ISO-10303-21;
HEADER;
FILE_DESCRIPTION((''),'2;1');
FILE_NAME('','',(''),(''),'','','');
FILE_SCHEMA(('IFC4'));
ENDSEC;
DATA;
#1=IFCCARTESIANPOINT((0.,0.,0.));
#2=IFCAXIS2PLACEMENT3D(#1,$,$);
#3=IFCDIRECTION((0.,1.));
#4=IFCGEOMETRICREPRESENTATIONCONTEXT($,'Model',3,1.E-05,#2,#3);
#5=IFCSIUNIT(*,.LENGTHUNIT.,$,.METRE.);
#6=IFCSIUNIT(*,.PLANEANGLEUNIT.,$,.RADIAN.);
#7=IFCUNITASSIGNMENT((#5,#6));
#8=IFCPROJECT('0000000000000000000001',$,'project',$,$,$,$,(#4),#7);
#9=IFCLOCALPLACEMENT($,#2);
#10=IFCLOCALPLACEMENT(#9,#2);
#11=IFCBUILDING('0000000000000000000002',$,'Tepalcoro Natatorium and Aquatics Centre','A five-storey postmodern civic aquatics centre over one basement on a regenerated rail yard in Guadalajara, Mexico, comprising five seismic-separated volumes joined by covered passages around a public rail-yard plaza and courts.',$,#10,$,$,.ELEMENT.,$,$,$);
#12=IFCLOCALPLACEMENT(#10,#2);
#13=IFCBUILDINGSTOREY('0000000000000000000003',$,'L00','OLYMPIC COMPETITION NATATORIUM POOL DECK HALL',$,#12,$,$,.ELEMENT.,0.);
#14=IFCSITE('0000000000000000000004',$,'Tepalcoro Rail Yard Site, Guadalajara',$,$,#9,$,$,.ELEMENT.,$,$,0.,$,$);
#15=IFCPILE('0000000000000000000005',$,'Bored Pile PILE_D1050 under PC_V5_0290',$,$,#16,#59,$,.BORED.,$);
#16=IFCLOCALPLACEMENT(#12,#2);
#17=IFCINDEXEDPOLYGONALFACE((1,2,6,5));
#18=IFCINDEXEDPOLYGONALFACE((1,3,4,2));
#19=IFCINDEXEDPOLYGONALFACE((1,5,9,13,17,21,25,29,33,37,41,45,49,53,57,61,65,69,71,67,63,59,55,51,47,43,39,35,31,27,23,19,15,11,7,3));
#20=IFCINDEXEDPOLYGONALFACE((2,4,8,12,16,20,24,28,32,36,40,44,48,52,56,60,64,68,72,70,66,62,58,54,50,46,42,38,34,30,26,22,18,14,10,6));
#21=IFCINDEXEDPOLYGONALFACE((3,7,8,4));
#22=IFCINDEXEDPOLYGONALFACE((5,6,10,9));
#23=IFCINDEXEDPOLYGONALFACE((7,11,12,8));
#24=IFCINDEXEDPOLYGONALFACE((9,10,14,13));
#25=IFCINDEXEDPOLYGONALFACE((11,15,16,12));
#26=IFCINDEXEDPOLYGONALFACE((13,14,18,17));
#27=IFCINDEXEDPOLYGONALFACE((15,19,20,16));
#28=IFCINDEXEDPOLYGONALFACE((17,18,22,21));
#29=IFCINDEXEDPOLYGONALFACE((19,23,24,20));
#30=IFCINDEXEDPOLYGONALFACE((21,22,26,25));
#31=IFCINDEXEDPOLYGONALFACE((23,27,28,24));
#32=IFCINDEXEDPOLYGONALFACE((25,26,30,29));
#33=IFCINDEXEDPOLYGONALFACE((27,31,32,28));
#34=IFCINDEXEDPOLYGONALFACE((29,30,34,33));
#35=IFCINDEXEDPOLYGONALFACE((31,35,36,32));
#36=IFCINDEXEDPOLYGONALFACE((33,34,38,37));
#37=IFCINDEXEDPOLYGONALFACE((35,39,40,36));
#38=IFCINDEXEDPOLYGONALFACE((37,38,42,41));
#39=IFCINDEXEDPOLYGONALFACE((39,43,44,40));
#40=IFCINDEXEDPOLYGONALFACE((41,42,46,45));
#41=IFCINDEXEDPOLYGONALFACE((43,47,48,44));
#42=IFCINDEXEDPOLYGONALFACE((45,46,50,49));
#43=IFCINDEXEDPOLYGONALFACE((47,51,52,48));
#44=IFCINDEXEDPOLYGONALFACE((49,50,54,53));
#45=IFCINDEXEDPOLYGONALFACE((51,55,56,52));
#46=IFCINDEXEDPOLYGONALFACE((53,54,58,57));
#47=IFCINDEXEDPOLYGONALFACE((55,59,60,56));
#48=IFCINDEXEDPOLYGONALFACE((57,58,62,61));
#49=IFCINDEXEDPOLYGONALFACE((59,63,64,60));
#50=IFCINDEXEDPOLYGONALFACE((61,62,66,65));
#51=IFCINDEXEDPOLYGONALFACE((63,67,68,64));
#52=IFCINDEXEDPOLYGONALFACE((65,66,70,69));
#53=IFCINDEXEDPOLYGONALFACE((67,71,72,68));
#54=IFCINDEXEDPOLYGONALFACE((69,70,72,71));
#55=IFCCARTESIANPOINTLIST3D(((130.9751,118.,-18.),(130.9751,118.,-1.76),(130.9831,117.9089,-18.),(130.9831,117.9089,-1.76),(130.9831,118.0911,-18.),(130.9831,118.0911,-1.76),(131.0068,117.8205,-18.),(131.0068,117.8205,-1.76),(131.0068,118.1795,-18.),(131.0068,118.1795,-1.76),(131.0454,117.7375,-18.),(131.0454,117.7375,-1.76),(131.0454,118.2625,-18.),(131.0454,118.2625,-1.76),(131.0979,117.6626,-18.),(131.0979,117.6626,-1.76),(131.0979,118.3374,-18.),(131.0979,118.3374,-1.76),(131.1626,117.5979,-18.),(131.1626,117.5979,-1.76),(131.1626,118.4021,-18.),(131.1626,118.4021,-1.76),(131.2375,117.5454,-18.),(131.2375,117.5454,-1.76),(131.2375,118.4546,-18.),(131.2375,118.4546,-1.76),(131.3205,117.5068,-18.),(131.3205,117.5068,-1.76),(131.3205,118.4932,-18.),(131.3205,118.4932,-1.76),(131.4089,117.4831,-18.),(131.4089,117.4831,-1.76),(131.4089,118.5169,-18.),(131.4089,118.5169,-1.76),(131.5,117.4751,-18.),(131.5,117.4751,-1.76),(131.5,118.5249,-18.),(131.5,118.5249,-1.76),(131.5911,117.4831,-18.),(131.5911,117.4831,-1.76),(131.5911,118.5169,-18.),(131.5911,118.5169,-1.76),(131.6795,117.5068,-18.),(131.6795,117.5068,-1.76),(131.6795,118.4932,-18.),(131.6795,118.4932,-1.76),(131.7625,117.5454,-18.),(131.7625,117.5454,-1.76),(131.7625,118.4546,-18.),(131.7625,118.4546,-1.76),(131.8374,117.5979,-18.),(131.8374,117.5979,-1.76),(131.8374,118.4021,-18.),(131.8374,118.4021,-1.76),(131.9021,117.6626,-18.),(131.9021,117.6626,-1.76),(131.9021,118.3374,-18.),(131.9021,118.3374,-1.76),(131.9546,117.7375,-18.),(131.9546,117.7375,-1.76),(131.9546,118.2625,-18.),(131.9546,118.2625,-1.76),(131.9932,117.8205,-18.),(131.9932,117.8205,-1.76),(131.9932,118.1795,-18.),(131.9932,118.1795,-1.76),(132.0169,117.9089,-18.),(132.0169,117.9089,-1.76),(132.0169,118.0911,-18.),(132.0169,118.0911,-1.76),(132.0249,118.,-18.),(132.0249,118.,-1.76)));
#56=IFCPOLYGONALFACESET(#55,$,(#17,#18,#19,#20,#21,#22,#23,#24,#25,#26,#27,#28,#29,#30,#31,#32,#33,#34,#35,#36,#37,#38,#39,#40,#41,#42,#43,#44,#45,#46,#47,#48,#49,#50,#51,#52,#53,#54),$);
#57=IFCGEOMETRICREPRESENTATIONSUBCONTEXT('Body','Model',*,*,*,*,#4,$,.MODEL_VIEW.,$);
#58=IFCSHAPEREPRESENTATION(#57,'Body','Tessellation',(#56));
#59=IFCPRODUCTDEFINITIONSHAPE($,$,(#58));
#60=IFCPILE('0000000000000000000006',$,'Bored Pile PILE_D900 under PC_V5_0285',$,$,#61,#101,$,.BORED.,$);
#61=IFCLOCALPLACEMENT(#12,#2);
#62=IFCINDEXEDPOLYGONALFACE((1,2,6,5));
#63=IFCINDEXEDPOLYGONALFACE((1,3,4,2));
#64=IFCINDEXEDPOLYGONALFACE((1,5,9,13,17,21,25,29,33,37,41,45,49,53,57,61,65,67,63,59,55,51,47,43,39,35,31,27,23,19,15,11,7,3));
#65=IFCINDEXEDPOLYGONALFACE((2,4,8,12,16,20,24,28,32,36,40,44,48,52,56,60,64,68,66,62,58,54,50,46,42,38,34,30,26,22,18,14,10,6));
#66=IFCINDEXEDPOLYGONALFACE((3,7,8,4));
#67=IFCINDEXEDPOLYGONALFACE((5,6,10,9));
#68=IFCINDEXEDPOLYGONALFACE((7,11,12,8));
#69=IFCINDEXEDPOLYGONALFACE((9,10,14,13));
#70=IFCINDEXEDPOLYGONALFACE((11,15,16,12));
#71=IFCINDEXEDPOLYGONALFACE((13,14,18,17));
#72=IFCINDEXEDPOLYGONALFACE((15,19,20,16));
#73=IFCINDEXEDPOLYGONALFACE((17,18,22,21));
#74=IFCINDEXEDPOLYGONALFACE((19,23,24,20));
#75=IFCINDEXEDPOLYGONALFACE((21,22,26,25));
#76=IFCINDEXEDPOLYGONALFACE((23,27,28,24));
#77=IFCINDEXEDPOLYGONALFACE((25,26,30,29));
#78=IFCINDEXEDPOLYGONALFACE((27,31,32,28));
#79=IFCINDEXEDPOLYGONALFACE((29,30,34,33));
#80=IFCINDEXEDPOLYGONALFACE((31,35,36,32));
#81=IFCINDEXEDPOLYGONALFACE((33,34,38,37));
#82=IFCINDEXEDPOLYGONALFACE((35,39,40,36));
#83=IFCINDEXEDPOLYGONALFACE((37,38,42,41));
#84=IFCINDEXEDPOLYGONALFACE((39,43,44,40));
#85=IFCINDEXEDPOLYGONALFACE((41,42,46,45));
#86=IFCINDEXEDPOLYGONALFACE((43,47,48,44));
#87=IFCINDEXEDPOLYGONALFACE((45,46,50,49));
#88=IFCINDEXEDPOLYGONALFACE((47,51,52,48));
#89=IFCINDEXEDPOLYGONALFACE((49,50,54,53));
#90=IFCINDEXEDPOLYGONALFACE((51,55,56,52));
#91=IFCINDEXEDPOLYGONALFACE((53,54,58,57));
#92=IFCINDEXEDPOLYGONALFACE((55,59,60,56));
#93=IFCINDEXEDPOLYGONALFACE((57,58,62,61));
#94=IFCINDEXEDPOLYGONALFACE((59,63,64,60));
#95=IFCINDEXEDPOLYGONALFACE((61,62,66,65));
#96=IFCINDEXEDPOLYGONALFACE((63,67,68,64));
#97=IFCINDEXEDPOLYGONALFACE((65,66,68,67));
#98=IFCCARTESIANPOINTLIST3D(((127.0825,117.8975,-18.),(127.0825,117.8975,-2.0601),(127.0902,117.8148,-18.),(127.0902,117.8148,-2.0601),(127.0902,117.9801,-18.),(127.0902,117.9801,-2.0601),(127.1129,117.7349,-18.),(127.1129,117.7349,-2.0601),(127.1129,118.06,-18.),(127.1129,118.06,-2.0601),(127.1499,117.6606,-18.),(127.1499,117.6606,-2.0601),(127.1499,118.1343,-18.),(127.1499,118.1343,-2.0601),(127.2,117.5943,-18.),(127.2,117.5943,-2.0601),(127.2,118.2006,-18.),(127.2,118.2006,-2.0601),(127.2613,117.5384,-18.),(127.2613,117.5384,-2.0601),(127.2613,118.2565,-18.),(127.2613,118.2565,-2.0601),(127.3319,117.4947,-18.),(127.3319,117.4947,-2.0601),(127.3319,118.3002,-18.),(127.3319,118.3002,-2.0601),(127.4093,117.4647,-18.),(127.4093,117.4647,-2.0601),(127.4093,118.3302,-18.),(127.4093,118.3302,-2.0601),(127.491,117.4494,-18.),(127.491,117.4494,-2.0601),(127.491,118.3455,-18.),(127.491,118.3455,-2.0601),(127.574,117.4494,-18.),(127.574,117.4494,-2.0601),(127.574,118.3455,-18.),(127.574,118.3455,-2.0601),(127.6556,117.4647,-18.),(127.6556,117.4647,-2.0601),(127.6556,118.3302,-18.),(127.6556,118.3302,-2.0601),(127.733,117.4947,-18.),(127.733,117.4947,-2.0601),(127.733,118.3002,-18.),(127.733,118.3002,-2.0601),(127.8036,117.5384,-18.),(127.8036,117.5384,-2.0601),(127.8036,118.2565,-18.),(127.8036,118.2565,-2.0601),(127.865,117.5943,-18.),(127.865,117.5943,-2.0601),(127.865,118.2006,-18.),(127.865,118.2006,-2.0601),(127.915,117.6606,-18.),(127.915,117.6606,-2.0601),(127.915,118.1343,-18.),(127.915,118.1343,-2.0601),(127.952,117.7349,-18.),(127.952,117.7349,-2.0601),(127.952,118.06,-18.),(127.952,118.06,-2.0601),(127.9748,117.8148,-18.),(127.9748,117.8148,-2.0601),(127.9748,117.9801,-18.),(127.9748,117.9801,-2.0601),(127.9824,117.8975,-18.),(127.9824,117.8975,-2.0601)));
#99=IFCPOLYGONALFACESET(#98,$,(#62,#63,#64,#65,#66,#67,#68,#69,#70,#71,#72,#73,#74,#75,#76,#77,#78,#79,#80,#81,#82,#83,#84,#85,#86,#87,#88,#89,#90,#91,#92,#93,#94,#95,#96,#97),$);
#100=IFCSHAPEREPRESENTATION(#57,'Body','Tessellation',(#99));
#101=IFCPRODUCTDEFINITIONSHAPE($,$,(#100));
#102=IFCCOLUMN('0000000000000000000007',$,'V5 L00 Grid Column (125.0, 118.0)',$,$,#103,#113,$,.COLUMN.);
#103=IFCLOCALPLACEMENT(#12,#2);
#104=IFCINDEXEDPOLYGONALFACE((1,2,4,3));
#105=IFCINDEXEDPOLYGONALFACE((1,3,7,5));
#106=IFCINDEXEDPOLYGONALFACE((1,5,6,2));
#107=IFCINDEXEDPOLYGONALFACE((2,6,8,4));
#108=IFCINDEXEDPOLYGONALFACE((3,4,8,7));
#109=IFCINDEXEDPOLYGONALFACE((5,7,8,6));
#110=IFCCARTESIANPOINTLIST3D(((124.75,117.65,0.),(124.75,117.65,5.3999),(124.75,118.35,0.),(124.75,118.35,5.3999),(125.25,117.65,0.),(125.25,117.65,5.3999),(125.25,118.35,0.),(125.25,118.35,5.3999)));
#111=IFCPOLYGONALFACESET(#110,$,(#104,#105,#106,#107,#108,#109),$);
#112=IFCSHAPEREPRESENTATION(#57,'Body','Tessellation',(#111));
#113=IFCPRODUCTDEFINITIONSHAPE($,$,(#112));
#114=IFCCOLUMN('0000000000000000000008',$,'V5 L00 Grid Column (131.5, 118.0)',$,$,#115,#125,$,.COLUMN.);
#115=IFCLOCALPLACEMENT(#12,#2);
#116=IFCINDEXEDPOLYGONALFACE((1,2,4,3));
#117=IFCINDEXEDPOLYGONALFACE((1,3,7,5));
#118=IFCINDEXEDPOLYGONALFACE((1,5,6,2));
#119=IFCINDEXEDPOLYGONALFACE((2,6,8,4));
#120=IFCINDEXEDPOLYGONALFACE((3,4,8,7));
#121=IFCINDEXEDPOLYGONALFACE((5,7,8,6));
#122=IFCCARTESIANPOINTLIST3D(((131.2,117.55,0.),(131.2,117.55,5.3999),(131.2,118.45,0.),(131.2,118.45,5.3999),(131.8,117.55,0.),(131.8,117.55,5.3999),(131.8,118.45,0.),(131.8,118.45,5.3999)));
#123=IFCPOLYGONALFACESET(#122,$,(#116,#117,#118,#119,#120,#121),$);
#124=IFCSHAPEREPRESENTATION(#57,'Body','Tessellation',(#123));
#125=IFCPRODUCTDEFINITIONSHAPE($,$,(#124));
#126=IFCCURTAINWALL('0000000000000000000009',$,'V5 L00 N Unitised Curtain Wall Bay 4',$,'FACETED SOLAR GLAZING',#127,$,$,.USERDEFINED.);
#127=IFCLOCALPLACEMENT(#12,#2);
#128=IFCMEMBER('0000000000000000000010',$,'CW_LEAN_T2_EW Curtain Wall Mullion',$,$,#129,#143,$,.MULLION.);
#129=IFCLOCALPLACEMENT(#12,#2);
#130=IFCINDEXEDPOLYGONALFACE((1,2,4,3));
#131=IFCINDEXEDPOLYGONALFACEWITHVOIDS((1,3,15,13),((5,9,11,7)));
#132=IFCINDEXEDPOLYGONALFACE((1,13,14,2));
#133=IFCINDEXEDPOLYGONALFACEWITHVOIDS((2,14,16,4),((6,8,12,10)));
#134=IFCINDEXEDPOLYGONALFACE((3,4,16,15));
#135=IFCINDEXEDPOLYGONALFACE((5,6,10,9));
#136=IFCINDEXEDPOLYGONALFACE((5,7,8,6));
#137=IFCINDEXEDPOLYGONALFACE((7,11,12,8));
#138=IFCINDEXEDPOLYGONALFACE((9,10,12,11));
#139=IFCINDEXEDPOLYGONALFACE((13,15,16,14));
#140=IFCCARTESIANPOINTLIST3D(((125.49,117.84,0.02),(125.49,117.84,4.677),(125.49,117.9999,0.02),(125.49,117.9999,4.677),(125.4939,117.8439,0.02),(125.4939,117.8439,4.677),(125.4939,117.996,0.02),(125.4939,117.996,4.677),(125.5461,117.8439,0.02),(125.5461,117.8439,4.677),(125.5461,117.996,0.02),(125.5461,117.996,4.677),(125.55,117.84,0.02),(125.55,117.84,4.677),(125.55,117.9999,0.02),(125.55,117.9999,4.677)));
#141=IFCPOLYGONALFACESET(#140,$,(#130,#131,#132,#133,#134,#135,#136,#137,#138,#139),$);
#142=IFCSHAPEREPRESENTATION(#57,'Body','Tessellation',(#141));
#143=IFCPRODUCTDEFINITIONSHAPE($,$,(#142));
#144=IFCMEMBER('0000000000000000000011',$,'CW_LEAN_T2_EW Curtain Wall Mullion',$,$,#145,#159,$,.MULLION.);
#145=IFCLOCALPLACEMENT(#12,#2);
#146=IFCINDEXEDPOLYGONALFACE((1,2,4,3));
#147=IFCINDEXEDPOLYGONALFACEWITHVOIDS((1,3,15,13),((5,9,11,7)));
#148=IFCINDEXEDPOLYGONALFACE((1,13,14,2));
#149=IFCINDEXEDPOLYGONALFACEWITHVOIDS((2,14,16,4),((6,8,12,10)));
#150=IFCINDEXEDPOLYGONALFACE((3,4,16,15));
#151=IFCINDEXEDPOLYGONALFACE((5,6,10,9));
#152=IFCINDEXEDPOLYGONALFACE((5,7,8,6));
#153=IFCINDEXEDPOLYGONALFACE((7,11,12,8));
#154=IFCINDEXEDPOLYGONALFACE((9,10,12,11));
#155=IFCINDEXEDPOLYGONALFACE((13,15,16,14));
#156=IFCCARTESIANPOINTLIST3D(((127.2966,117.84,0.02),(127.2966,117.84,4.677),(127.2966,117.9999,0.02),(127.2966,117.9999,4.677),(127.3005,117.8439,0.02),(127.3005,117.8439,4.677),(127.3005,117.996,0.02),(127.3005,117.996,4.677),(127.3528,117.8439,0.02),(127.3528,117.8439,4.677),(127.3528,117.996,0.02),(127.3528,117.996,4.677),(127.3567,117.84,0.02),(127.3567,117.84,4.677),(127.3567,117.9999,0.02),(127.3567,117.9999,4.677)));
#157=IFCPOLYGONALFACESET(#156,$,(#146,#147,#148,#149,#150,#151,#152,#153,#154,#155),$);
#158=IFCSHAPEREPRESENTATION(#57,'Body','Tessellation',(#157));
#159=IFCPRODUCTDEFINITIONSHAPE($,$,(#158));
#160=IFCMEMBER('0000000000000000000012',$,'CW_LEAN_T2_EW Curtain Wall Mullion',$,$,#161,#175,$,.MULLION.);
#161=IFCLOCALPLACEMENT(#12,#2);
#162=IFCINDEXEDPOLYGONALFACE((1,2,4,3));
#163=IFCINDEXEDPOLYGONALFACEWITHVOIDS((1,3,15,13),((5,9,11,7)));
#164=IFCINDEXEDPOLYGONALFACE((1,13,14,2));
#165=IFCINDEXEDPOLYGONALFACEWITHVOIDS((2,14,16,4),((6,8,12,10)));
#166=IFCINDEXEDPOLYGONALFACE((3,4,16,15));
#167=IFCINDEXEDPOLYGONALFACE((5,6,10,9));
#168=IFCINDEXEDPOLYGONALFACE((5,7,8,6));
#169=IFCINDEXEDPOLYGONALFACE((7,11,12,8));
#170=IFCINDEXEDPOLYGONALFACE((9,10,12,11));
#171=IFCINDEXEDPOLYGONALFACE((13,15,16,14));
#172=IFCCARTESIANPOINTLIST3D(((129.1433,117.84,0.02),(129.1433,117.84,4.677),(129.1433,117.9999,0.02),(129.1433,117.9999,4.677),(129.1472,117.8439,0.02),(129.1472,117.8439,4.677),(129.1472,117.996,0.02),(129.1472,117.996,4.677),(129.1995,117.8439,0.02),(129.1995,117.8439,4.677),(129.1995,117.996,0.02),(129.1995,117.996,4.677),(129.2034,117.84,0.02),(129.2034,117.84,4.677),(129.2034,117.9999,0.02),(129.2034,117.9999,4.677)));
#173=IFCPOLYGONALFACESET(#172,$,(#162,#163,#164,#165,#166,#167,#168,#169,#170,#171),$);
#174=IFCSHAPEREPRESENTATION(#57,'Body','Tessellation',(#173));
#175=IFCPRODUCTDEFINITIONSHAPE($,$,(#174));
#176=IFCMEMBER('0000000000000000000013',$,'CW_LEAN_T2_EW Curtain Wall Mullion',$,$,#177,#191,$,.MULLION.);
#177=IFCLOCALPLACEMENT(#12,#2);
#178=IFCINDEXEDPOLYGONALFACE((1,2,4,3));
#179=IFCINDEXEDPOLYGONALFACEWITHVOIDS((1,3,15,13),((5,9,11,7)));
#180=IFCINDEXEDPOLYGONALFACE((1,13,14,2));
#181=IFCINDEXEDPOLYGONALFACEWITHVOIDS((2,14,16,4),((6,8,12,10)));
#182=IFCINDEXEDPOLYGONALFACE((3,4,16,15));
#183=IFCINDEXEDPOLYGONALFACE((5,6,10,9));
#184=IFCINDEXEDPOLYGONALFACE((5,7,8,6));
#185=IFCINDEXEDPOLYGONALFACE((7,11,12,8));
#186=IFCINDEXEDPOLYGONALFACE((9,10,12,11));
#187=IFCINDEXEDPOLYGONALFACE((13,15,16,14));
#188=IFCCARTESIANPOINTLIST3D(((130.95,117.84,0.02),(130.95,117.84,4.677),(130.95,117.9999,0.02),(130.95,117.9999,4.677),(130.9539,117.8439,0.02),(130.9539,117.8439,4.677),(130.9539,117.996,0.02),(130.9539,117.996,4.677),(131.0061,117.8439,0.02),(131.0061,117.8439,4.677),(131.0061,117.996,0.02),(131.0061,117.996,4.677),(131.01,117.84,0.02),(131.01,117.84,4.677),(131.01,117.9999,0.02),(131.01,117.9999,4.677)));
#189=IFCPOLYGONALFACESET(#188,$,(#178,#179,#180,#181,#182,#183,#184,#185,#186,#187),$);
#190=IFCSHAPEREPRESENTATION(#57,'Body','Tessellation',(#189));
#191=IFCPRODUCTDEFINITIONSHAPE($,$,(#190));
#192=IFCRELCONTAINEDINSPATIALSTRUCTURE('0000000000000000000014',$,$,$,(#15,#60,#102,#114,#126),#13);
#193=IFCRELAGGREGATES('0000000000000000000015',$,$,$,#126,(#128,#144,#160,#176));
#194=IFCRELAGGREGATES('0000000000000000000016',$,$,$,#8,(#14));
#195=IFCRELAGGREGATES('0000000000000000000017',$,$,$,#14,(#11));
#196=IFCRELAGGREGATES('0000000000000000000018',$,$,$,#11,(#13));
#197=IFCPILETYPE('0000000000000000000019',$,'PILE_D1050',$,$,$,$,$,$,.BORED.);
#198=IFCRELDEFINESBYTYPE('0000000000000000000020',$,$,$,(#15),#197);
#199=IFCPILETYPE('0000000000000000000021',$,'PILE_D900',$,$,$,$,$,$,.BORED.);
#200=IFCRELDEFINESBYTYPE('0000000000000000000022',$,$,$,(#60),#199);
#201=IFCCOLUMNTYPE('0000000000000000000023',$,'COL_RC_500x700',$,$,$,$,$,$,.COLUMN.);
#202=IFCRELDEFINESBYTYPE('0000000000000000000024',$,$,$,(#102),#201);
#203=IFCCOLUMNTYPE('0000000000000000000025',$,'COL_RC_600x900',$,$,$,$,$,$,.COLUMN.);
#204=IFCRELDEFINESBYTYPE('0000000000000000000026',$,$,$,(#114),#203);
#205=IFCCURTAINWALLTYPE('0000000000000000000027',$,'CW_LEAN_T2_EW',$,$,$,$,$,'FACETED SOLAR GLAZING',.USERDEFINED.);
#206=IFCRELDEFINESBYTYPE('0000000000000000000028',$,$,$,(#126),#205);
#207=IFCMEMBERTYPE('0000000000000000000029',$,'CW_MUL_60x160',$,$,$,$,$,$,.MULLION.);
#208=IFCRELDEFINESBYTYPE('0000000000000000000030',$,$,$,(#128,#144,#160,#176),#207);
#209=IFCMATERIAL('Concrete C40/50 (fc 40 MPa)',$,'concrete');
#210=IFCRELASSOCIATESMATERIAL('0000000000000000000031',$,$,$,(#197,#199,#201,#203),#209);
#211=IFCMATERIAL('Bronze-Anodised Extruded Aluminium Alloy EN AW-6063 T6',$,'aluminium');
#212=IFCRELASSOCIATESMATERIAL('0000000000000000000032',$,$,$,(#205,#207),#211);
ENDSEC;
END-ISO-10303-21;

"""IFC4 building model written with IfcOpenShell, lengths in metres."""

from ifc_helpers import new_model, si_unit, direction, frame, origin, origin_2d, place, context, subcontext, project, spatial, rectangle, hollow_rectangle, circle, extrude, material, material_profile, profile_set, type_object, element, aggregate, save


model = new_model("IFC4")

# Units and contexts
model_context = context("Model", 3, precision=1e-05, world=origin(), true_north=direction((0.0, 1.0)))
body_context = subcontext(model_context, "Body", "Model", "MODEL_VIEW")
ifc_project = project(units=[si_unit("LENGTHUNIT", "METRE"), si_unit("PLANEANGLEUNIT", "RADIAN")], contexts=[model_context])

# Site, building, storey
site_placement = place(None, origin())
site = spatial("IfcSite", under=ifc_project, at=site_placement, Name="Tepalcoro Rail Yard Site, Guadalajara", CompositionType="ELEMENT", RefElevation=0.0)
building_placement = place(site_placement, origin())
building = spatial("IfcBuilding", under=site, at=building_placement, Name="Tepalcoro Natatorium and Aquatics Centre", Description="A five-storey postmodern civic aquatics centre over one basement on a regenerated rail yard in Guadalajara, Mexico, comprising five seismic-separated volumes joined by covered passages around a public rail-yard plaza and courts.", CompositionType="ELEMENT")
storey_placement = place(building_placement, origin())
storey = spatial("IfcBuildingStorey", under=building, at=storey_placement, Name="L00", Description="OLYMPIC COMPETITION NATATORIUM POOL DECK HALL", CompositionType="ELEMENT", Elevation=0.0)

# Piles
ifc_material_1 = material(Name="Concrete C40/50 (fc 40 MPa)", Category="concrete")
ifc_material_profile_1 = material_profile(ifc_material_1, circle(Radius=0.5249, at=origin_2d()), Name="PILE_D1050")
ifc_profile_set_1 = profile_set([ifc_material_profile_1], Name="Concrete C40/50 (fc 40 MPa)")
pile_type_1 = type_object("IfcPileType", Name="PILE_D1050", PredefinedType="BORED", material=ifc_profile_set_1)
pile_1_placement = place(storey_placement, frame((131.5, 118.0, -1.76), z_axis=(0.0, 0.0, -1.0), x_axis=(1.0, 0.0, 0.0)))
element("IfcPile", 1, at=pile_1_placement, inside=storey, type_object=pile_type_1, Name="Bored Pile PILE_D1050 under PC_V5_0290", PredefinedType="BORED", context=body_context, shape_type="SweptSolid", body=[
    extrude(circle(Radius=0.5249, at=origin_2d()), origin(), (0.0, 0.0, 1.0), 16.24),
])
ifc_material_profile_2 = material_profile(ifc_material_1, circle(Radius=0.45, at=origin_2d()), Name="PILE_D900")
ifc_profile_set_2 = profile_set([ifc_material_profile_2], Name="Concrete C40/50 (fc 40 MPa)")
pile_type_2 = type_object("IfcPileType", Name="PILE_D900", PredefinedType="BORED", material=ifc_profile_set_2)
pile_2_placement = place(storey_placement, frame((127.5325, 117.8975, -2.0601), z_axis=(0.0, 0.0, -1.0), x_axis=(1.0, 0.0, 0.0)))
element("IfcPile", 2, at=pile_2_placement, inside=storey, type_object=pile_type_2, Name="Bored Pile PILE_D900 under PC_V5_0285", PredefinedType="BORED", context=body_context, shape_type="SweptSolid", body=[
    extrude(circle(Radius=0.45, at=origin_2d()), origin(), (0.0, 0.0, 1.0), 15.9399),
])

# Columns
ifc_material_profile_3 = material_profile(ifc_material_1, rectangle(XDim=0.5, YDim=0.7, at=origin_2d()), Name="RC500x700")
ifc_profile_set_3 = profile_set([ifc_material_profile_3], Name="Concrete C40/50 (fc 40 MPa)")
column_type_1 = type_object("IfcColumnType", Name="COL_RC_500x700", PredefinedType="COLUMN", material=ifc_profile_set_3)
column_1_placement = place(storey_placement, frame((125.0, 118.0, 0.0), z_axis=(0.0, 0.0, 1.0), x_axis=(1.0, 0.0, 0.0)))
element("IfcColumn", 3, at=column_1_placement, inside=storey, type_object=column_type_1, Name="V5 L00 Grid Column (125.0, 118.0)", PredefinedType="COLUMN", context=body_context, shape_type="SweptSolid", body=[
    extrude(rectangle(XDim=0.5, YDim=0.7, at=origin_2d()), origin(), (0.0, 0.0, 1.0), 5.3999),
])
ifc_material_profile_4 = material_profile(ifc_material_1, rectangle(XDim=0.6001, YDim=0.8999, at=origin_2d()), Name="RC600x900")
ifc_profile_set_4 = profile_set([ifc_material_profile_4], Name="Concrete C40/50 (fc 40 MPa)")
column_type_2 = type_object("IfcColumnType", Name="COL_RC_600x900", PredefinedType="COLUMN", material=ifc_profile_set_4)
column_2_placement = place(storey_placement, frame((131.5, 118.0, 0.0), z_axis=(0.0, 0.0, 1.0), x_axis=(1.0, 0.0, 0.0)))
element("IfcColumn", 4, at=column_2_placement, inside=storey, type_object=column_type_2, Name="V5 L00 Grid Column (131.5, 118.0)", PredefinedType="COLUMN", context=body_context, shape_type="SweptSolid", body=[
    extrude(rectangle(XDim=0.6001, YDim=0.8999, at=origin_2d()), origin(), (0.0, 0.0, 1.0), 5.3999),
])

# Curtain wall, members
ifc_material_2 = material(Name="Bronze-Anodised Extruded Aluminium Alloy EN AW-6063 T6", Category="aluminium")
curtain_wall_type_1 = type_object("IfcCurtainWallType", Name="CW_LEAN_T2_EW", ElementType="FACETED SOLAR GLAZING", PredefinedType="USERDEFINED", material=ifc_material_2)
curtain_wall_1_placement = place(storey_placement, origin())
curtain_wall_1 = element("IfcCurtainWall", 5, at=curtain_wall_1_placement, inside=storey, type_object=curtain_wall_type_1, Name="V5 L00 N Unitised Curtain Wall Bay 4", ObjectType="FACETED SOLAR GLAZING", PredefinedType="USERDEFINED")
ifc_material_profile_5 = material_profile(ifc_material_2, hollow_rectangle(XDim=0.0601, YDim=0.1599, WallThickness=0.0039, at=origin_2d()), Name="AL60X160X4")
ifc_profile_set_5 = profile_set([ifc_material_profile_5], Name="Bronze-Anodised Extruded Aluminium Alloy EN AW-6063 T6")
member_type_1 = type_object("IfcMemberType", Name="CW_MUL_60x160", PredefinedType="MULLION", material=ifc_profile_set_5)
member_1_placement = place(storey_placement, frame((125.52, 117.9199, 0.02), z_axis=(0.0, 0.0, 1.0), x_axis=(1.0, 0.0, 0.0)))
member_1 = element("IfcMember", 6, at=member_1_placement, type_object=member_type_1, Name="CW_LEAN_T2_EW Curtain Wall Mullion", PredefinedType="MULLION", context=body_context, shape_type="SweptSolid", body=[
    extrude(hollow_rectangle(XDim=0.0601, YDim=0.1599, WallThickness=0.0039, at=origin_2d()), origin(), (0.0, 0.0, 1.0), 4.657),
])
member_2_placement = place(storey_placement, frame((127.3267, 117.9199, 0.02), z_axis=(0.0, 0.0, 1.0), x_axis=(1.0, 0.0, 0.0)))
member_2 = element("IfcMember", 7, at=member_2_placement, type_object=member_type_1, Name="CW_LEAN_T2_EW Curtain Wall Mullion", PredefinedType="MULLION", context=body_context, shape_type="SweptSolid", body=[
    extrude(hollow_rectangle(XDim=0.0601, YDim=0.1599, WallThickness=0.0039, at=origin_2d()), origin(), (0.0, 0.0, 1.0), 4.657),
])
member_3_placement = place(storey_placement, frame((129.1733, 117.9199, 0.02), z_axis=(0.0, 0.0, 1.0), x_axis=(1.0, 0.0, 0.0)))
member_3 = element("IfcMember", 8, at=member_3_placement, type_object=member_type_1, Name="CW_LEAN_T2_EW Curtain Wall Mullion", PredefinedType="MULLION", context=body_context, shape_type="SweptSolid", body=[
    extrude(hollow_rectangle(XDim=0.0601, YDim=0.1599, WallThickness=0.0039, at=origin_2d()), origin(), (0.0, 0.0, 1.0), 4.657),
])
member_4_placement = place(storey_placement, frame((130.98, 117.9199, 0.02), z_axis=(0.0, 0.0, 1.0), x_axis=(1.0, 0.0, 0.0)))
member_4 = element("IfcMember", 9, at=member_4_placement, type_object=member_type_1, Name="CW_LEAN_T2_EW Curtain Wall Mullion", PredefinedType="MULLION", context=body_context, shape_type="SweptSolid", body=[
    extrude(hollow_rectangle(XDim=0.0601, YDim=0.1599, WallThickness=0.0039, at=origin_2d()), origin(), (0.0, 0.0, 1.0), 4.657),
])

aggregate(curtain_wall_1, [member_1, member_2, member_3, member_4])

save(model, "model.ifc")
